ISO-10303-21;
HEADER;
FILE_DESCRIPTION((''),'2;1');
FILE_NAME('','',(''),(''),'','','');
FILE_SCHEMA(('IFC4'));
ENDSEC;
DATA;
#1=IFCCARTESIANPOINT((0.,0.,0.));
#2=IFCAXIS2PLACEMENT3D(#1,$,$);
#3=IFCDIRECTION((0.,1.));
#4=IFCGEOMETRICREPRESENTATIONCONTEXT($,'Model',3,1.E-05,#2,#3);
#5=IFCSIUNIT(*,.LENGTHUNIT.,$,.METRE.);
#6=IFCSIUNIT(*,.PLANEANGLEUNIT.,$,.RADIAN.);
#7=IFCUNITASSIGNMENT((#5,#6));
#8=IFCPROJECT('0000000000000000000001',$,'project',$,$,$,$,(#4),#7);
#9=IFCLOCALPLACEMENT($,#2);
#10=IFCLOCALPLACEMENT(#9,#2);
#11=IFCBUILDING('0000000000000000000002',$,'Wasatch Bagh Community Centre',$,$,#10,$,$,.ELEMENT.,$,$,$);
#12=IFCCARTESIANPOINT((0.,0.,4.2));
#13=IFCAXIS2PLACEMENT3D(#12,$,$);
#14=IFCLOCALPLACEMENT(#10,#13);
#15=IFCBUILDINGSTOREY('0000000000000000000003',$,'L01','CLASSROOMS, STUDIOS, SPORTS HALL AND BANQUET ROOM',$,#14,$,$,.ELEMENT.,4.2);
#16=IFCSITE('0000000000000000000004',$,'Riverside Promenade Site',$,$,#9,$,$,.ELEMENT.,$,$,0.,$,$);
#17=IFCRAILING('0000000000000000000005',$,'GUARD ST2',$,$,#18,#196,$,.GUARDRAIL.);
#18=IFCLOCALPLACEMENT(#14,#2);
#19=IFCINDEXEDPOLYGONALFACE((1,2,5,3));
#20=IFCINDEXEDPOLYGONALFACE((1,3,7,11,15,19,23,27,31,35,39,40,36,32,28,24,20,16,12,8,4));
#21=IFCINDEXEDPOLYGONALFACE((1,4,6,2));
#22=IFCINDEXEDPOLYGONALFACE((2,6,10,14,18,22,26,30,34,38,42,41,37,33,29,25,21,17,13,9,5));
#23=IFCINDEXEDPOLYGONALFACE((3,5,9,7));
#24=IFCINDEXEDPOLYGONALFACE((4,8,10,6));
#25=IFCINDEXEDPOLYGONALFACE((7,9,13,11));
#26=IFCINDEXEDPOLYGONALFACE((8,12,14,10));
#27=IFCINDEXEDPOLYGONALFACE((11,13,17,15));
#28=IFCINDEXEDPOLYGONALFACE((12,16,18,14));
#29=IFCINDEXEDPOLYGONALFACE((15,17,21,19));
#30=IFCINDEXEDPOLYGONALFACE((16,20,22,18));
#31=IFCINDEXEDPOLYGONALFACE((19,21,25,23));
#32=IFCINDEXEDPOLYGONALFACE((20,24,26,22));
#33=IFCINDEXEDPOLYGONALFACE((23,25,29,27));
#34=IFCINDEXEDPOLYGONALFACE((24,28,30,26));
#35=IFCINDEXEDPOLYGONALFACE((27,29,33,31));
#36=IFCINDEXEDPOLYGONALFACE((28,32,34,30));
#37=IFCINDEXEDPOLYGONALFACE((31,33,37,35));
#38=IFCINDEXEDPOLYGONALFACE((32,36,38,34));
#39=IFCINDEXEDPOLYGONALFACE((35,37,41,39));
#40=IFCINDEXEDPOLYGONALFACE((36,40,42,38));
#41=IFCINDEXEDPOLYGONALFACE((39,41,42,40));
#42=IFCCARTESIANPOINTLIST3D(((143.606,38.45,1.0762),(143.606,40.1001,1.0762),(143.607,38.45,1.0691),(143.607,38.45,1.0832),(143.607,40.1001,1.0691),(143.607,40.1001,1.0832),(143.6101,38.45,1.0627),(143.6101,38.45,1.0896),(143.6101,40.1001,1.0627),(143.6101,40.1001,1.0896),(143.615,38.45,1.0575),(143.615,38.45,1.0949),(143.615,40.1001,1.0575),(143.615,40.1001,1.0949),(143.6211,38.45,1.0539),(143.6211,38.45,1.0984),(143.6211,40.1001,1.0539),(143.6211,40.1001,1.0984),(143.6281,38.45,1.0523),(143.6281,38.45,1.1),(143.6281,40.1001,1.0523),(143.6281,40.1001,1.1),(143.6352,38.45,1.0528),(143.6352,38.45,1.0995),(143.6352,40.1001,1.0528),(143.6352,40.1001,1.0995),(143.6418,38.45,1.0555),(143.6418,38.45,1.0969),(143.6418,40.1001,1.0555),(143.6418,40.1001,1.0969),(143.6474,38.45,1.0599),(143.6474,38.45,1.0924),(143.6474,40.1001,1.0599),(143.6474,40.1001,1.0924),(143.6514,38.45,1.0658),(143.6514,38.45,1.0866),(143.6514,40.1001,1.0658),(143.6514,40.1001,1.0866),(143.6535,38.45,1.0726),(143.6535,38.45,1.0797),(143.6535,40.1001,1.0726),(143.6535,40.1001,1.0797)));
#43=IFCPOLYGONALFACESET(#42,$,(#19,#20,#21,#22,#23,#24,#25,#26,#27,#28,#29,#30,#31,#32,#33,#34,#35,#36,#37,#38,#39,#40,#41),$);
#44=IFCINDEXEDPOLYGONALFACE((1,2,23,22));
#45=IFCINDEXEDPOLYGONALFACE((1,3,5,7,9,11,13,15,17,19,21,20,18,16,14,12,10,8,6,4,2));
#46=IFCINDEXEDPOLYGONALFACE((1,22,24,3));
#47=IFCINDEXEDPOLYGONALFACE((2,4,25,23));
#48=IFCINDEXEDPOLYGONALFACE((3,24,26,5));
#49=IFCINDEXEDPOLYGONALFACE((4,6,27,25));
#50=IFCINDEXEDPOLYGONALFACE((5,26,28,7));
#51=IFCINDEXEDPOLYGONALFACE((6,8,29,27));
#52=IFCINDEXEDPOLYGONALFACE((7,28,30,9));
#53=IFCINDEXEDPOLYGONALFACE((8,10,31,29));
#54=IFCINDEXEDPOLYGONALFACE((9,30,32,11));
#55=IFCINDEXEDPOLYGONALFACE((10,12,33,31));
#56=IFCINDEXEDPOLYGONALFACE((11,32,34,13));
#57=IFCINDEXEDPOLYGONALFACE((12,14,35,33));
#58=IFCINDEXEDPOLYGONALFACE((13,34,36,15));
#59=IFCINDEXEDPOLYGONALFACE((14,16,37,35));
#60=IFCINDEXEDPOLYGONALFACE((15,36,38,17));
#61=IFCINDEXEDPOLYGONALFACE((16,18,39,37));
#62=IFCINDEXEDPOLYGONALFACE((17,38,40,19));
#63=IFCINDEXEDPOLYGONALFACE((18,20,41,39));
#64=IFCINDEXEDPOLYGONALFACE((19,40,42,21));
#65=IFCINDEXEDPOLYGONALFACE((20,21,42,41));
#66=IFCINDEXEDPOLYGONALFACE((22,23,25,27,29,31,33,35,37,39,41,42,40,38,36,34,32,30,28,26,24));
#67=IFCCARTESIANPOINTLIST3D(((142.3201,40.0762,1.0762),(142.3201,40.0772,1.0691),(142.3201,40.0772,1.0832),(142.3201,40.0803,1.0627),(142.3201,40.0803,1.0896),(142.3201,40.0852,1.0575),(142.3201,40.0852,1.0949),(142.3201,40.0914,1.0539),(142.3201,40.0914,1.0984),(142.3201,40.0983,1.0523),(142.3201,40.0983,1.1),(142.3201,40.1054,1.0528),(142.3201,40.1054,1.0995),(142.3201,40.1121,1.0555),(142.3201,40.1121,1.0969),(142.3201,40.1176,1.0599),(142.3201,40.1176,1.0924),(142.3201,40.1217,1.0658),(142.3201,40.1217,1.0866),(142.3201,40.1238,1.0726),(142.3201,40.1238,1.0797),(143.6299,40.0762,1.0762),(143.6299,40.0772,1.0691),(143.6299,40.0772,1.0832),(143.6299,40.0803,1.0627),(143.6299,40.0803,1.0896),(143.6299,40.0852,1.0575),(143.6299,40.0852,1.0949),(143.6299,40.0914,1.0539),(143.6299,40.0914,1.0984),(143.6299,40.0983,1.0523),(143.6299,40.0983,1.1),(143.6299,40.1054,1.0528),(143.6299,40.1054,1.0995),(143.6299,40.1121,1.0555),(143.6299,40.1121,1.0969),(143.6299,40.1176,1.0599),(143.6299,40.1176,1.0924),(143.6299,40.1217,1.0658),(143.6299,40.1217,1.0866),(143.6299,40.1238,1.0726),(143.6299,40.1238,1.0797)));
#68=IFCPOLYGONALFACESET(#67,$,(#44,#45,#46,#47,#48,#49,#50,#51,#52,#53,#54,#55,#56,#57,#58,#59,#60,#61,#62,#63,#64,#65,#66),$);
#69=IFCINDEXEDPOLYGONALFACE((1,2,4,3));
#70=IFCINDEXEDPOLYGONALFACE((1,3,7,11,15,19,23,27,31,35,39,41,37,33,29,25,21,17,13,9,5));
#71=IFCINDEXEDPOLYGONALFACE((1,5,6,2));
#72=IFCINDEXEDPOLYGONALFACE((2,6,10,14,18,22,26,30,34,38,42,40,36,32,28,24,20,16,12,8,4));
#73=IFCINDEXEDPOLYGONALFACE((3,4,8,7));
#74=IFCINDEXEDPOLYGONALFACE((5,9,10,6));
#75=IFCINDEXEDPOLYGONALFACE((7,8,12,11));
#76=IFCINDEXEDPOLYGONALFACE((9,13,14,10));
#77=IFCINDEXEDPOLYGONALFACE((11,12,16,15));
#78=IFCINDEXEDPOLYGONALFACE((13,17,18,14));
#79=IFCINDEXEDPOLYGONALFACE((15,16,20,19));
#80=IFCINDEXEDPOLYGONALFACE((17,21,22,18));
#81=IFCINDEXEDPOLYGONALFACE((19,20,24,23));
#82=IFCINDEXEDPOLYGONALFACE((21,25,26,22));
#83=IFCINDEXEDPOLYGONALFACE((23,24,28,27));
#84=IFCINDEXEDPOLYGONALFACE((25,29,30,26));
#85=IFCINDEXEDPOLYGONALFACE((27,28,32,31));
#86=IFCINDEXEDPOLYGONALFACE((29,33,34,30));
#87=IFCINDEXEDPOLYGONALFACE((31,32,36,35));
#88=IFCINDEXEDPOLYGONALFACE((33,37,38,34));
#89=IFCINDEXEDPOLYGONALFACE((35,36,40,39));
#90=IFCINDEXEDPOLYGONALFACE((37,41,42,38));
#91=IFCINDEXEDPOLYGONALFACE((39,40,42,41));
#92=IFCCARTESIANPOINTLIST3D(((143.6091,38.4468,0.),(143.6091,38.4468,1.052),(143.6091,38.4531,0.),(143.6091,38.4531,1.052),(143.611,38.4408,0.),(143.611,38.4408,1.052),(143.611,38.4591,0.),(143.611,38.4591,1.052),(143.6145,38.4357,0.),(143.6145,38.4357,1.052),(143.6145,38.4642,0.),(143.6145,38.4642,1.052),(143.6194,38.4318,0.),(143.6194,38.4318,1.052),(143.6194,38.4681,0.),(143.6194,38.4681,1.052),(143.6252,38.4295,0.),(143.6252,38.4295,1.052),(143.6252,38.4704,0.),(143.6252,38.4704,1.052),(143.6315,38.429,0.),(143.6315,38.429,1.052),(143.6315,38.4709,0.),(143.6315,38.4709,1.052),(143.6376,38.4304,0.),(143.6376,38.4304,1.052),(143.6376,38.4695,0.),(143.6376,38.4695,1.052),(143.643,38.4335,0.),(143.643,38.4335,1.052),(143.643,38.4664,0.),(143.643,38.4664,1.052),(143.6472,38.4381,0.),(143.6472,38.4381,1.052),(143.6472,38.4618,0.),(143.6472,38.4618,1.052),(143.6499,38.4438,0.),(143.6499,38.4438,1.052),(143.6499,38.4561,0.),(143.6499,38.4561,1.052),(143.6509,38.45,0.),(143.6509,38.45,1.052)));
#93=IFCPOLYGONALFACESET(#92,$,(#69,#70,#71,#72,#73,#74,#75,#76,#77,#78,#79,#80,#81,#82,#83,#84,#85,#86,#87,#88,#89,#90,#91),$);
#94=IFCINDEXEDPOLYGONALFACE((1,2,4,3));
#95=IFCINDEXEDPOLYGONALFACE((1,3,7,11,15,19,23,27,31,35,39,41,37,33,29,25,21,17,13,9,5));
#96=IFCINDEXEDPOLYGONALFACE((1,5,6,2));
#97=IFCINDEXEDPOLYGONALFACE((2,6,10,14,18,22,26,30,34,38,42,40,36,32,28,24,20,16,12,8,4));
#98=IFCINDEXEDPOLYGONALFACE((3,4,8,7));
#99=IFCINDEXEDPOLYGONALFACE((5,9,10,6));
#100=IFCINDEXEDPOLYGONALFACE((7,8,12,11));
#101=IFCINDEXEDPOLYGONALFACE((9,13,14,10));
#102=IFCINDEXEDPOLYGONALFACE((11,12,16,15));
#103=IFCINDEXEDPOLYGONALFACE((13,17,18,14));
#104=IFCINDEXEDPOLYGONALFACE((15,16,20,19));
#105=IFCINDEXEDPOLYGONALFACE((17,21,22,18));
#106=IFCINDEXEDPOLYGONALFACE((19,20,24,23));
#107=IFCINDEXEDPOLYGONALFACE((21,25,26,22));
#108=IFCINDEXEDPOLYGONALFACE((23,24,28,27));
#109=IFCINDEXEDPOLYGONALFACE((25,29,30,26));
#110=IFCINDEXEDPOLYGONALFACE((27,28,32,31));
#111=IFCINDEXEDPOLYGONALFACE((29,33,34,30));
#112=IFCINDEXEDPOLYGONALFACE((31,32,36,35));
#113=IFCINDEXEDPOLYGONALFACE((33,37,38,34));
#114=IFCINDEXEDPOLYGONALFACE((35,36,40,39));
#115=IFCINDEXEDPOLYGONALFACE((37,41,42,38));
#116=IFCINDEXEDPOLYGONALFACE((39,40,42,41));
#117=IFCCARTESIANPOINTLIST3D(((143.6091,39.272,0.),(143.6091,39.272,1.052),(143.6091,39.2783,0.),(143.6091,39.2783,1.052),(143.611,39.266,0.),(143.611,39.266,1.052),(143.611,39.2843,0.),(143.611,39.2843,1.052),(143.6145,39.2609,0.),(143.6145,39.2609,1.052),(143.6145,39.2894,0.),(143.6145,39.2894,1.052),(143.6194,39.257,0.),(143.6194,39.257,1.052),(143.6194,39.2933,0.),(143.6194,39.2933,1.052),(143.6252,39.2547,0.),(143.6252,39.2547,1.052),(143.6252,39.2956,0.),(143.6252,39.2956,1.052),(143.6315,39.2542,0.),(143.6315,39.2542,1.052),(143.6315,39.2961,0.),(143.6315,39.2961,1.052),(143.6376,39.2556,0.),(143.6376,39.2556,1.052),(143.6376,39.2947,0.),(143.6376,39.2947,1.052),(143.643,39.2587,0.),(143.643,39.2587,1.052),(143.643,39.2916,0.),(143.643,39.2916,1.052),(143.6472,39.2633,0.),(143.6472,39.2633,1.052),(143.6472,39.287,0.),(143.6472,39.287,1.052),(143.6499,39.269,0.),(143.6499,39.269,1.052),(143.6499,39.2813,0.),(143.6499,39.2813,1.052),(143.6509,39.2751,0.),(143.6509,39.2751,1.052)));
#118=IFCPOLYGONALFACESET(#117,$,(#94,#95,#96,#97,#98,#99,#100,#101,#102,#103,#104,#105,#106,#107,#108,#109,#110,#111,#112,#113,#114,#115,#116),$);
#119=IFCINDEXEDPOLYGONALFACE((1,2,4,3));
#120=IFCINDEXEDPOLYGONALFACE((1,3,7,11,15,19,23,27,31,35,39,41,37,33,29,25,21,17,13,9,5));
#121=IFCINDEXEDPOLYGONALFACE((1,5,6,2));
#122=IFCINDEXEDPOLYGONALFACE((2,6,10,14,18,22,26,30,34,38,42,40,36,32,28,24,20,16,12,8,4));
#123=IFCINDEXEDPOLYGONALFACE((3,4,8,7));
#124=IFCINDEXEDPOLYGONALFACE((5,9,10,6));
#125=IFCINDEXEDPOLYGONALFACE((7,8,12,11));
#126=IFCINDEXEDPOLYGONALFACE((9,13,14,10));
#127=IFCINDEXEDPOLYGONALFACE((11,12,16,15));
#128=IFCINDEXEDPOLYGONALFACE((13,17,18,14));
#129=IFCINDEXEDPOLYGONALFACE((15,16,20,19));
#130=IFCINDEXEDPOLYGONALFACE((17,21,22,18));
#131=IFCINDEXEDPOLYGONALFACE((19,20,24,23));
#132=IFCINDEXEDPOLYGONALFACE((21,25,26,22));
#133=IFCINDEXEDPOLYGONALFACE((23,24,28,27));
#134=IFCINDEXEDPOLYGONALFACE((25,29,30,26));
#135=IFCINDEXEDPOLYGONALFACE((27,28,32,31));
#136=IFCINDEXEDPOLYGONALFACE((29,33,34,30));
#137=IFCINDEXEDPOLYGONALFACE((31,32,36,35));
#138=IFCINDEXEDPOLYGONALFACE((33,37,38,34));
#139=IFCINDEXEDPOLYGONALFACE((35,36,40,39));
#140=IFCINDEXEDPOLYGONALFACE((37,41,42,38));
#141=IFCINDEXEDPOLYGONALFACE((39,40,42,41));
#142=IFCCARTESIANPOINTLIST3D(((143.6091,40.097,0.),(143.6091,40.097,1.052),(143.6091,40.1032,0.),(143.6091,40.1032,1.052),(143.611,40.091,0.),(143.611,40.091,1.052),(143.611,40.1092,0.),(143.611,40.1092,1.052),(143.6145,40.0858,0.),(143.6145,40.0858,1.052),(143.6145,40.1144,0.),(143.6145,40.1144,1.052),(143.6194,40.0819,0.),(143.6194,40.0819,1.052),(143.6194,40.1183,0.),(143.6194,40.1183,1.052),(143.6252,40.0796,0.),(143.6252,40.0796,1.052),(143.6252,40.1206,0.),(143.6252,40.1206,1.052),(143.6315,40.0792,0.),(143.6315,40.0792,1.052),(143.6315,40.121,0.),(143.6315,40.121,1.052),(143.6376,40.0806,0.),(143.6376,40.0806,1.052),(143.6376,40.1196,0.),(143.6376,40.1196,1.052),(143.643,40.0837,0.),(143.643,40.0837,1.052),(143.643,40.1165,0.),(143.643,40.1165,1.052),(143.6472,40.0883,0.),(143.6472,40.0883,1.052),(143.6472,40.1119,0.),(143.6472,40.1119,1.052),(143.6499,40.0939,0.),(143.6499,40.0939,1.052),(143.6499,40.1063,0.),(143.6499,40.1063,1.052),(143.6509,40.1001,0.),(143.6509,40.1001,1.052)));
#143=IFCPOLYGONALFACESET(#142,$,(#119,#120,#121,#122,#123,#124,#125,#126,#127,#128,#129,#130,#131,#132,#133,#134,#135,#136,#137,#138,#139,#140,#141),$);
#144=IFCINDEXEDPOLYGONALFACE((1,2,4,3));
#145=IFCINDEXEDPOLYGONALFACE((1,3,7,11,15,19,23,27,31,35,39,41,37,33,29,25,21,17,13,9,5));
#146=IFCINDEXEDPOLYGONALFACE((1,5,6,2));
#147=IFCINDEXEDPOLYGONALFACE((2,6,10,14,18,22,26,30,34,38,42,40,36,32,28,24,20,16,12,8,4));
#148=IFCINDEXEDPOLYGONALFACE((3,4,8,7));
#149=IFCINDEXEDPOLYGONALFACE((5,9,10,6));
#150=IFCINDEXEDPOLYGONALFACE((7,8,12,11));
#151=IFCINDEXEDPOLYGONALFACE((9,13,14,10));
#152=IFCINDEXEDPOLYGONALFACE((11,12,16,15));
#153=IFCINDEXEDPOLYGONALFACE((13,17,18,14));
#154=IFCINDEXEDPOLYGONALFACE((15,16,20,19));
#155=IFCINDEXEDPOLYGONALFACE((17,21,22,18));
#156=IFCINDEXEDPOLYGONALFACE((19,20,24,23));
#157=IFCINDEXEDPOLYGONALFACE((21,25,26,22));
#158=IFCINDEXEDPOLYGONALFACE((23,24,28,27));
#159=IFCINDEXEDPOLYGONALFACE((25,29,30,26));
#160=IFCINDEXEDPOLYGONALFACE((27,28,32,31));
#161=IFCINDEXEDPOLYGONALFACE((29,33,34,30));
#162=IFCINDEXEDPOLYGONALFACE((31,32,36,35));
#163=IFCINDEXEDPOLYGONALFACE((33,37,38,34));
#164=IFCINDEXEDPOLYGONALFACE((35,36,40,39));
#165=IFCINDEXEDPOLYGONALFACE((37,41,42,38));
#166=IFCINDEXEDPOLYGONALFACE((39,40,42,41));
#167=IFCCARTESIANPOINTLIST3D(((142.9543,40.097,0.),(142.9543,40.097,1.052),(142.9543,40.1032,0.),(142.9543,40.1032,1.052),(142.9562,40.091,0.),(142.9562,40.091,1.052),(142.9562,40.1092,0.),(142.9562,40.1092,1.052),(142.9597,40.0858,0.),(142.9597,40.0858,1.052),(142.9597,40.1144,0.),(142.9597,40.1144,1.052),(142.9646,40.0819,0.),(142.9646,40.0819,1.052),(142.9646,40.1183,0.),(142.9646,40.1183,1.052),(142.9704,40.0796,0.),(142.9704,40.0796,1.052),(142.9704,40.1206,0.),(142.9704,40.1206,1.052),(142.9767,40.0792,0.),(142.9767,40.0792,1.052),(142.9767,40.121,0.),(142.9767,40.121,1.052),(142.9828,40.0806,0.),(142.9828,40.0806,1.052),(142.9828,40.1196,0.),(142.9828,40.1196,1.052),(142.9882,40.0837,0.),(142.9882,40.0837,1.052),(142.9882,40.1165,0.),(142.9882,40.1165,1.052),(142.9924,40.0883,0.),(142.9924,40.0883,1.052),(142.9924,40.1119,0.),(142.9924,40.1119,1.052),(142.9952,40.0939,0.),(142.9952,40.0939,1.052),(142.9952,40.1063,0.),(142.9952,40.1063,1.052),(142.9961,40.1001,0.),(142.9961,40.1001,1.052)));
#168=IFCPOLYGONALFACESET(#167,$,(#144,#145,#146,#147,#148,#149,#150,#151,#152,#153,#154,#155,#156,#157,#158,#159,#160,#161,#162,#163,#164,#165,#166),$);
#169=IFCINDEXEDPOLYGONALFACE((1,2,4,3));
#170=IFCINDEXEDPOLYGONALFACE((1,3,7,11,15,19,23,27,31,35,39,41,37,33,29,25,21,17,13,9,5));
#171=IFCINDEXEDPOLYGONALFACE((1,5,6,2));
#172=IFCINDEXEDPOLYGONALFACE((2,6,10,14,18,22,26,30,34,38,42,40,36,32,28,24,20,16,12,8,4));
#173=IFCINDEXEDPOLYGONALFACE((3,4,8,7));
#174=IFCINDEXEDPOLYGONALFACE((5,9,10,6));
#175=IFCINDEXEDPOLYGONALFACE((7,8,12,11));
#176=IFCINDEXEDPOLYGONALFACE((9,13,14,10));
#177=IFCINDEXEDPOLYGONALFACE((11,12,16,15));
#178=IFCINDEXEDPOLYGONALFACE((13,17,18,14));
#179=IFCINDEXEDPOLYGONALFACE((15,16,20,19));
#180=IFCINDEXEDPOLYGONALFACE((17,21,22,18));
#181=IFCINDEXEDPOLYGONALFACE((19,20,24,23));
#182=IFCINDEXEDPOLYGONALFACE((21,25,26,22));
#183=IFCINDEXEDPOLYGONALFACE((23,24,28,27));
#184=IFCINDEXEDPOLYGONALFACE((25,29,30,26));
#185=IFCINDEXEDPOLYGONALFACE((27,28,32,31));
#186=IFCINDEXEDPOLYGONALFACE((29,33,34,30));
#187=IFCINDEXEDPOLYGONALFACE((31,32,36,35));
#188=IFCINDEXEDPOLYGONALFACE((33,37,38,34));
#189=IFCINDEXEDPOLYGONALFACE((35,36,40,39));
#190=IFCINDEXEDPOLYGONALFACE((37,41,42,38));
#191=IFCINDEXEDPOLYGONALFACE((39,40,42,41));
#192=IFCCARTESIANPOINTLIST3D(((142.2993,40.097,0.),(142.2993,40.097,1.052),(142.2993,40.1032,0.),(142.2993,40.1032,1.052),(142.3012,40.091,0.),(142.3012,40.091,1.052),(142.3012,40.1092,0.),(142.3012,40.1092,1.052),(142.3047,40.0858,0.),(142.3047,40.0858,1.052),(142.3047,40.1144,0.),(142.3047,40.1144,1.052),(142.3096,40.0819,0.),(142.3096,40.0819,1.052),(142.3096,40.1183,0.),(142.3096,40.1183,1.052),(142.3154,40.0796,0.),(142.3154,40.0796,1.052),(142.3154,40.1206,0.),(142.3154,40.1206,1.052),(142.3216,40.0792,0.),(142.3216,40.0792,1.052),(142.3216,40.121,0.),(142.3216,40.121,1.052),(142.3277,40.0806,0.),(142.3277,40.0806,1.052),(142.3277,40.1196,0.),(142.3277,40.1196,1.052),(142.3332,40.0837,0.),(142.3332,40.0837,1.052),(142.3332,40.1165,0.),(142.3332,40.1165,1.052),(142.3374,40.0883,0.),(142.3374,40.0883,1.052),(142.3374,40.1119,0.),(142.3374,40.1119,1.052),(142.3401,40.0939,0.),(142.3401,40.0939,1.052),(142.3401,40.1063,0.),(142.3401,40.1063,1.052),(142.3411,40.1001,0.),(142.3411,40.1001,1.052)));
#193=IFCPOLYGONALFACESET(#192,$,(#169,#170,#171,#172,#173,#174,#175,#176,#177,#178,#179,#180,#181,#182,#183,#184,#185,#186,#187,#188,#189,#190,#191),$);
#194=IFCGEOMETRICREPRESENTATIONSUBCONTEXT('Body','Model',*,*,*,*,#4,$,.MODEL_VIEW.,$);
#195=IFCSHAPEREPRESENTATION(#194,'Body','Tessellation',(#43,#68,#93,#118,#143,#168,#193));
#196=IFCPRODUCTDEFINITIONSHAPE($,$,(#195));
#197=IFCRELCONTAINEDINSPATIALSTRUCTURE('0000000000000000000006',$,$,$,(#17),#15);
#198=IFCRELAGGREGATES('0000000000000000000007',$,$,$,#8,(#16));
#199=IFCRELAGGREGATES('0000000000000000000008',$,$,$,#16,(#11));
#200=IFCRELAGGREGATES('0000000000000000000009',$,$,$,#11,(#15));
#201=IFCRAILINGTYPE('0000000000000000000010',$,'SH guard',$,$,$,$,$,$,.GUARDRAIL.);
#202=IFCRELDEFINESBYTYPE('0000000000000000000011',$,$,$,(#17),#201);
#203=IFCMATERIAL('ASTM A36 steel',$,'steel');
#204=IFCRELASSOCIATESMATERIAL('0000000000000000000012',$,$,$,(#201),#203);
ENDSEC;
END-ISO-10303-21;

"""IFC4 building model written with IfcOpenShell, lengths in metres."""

from ifc_helpers import new_model, si_unit, direction, frame, origin, origin_2d, place, context, subcontext, project, spatial, circle, extrude, material, type_object, element, save


model = new_model("IFC4")

# Units and contexts
model_context = context("Model", 3, precision=1e-05, world=origin(), true_north=direction((0.0, 1.0)))
body_context = subcontext(model_context, "Body", "Model", "MODEL_VIEW")
ifc_project = project(units=[si_unit("LENGTHUNIT", "METRE"), si_unit("PLANEANGLEUNIT", "RADIAN")], contexts=[model_context])

# Site, building, storey
site_placement = place(None, origin())
site = spatial("IfcSite", under=ifc_project, at=site_placement, Name="Riverside Promenade Site", CompositionType="ELEMENT", RefElevation=0.0)
building_placement = place(site_placement, origin())
building = spatial("IfcBuilding", under=site, at=building_placement, Name="Wasatch Bagh Community Centre", CompositionType="ELEMENT")
storey_placement = place(building_placement, frame((0.0, 0.0, 4.2)))
storey = spatial("IfcBuildingStorey", under=building, at=storey_placement, Name="L01", Description="CLASSROOMS, STUDIOS, SPORTS HALL AND BANQUET ROOM", CompositionType="ELEMENT", Elevation=4.2)

# Railing
ifc_material_1 = material(Name="ASTM A36 steel", Category="steel")
railing_type_1 = type_object("IfcRailingType", Name="SH guard", PredefinedType="GUARDRAIL", material=ifc_material_1)
railing_1_placement = place(storey_placement, frame((143.6299, 38.45, 0.0)))
element("IfcRailing", 1, at=railing_1_placement, inside=storey, type_object=railing_type_1, Name="GUARD ST2", PredefinedType="GUARDRAIL", context=body_context, shape_type="SweptSolid", body=[
    extrude(circle(Radius=0.0239, at=origin_2d()), frame((0.0, 0.0, 1.0762), z_axis=(0.0, 1.0, 0.0), x_axis=(-1.0, 0.0, 0.0)), (0.0, 0.0, 1.0), 1.6501),
    extrude(circle(Radius=0.0239, at=origin_2d()), frame((0.0, 1.6501, 1.0762), z_axis=(-1.0, 0.0, 0.0), x_axis=(0.0, -1.0, 0.0)), (0.0, 0.0, 1.0), 1.3098),
    extrude(circle(Radius=0.021, at=origin_2d()), origin(), (0.0, 0.0, 1.0), 1.052),
    extrude(circle(Radius=0.021, at=origin_2d()), frame((0.0, 0.8252, 0.0)), (0.0, 0.0, 1.0), 1.052),
    extrude(circle(Radius=0.021, at=origin_2d()), frame((0.0, 1.6501, 0.0)), (0.0, 0.0, 1.0), 1.052),
    extrude(circle(Radius=0.021, at=origin_2d()), frame((-0.6548, 1.6501, 0.0)), (0.0, 0.0, 1.0), 1.052),
    extrude(circle(Radius=0.021, at=origin_2d()), frame((-1.3098, 1.6501, 0.0)), (0.0, 0.0, 1.0), 1.052),
])

save(model, "model.ifc")
